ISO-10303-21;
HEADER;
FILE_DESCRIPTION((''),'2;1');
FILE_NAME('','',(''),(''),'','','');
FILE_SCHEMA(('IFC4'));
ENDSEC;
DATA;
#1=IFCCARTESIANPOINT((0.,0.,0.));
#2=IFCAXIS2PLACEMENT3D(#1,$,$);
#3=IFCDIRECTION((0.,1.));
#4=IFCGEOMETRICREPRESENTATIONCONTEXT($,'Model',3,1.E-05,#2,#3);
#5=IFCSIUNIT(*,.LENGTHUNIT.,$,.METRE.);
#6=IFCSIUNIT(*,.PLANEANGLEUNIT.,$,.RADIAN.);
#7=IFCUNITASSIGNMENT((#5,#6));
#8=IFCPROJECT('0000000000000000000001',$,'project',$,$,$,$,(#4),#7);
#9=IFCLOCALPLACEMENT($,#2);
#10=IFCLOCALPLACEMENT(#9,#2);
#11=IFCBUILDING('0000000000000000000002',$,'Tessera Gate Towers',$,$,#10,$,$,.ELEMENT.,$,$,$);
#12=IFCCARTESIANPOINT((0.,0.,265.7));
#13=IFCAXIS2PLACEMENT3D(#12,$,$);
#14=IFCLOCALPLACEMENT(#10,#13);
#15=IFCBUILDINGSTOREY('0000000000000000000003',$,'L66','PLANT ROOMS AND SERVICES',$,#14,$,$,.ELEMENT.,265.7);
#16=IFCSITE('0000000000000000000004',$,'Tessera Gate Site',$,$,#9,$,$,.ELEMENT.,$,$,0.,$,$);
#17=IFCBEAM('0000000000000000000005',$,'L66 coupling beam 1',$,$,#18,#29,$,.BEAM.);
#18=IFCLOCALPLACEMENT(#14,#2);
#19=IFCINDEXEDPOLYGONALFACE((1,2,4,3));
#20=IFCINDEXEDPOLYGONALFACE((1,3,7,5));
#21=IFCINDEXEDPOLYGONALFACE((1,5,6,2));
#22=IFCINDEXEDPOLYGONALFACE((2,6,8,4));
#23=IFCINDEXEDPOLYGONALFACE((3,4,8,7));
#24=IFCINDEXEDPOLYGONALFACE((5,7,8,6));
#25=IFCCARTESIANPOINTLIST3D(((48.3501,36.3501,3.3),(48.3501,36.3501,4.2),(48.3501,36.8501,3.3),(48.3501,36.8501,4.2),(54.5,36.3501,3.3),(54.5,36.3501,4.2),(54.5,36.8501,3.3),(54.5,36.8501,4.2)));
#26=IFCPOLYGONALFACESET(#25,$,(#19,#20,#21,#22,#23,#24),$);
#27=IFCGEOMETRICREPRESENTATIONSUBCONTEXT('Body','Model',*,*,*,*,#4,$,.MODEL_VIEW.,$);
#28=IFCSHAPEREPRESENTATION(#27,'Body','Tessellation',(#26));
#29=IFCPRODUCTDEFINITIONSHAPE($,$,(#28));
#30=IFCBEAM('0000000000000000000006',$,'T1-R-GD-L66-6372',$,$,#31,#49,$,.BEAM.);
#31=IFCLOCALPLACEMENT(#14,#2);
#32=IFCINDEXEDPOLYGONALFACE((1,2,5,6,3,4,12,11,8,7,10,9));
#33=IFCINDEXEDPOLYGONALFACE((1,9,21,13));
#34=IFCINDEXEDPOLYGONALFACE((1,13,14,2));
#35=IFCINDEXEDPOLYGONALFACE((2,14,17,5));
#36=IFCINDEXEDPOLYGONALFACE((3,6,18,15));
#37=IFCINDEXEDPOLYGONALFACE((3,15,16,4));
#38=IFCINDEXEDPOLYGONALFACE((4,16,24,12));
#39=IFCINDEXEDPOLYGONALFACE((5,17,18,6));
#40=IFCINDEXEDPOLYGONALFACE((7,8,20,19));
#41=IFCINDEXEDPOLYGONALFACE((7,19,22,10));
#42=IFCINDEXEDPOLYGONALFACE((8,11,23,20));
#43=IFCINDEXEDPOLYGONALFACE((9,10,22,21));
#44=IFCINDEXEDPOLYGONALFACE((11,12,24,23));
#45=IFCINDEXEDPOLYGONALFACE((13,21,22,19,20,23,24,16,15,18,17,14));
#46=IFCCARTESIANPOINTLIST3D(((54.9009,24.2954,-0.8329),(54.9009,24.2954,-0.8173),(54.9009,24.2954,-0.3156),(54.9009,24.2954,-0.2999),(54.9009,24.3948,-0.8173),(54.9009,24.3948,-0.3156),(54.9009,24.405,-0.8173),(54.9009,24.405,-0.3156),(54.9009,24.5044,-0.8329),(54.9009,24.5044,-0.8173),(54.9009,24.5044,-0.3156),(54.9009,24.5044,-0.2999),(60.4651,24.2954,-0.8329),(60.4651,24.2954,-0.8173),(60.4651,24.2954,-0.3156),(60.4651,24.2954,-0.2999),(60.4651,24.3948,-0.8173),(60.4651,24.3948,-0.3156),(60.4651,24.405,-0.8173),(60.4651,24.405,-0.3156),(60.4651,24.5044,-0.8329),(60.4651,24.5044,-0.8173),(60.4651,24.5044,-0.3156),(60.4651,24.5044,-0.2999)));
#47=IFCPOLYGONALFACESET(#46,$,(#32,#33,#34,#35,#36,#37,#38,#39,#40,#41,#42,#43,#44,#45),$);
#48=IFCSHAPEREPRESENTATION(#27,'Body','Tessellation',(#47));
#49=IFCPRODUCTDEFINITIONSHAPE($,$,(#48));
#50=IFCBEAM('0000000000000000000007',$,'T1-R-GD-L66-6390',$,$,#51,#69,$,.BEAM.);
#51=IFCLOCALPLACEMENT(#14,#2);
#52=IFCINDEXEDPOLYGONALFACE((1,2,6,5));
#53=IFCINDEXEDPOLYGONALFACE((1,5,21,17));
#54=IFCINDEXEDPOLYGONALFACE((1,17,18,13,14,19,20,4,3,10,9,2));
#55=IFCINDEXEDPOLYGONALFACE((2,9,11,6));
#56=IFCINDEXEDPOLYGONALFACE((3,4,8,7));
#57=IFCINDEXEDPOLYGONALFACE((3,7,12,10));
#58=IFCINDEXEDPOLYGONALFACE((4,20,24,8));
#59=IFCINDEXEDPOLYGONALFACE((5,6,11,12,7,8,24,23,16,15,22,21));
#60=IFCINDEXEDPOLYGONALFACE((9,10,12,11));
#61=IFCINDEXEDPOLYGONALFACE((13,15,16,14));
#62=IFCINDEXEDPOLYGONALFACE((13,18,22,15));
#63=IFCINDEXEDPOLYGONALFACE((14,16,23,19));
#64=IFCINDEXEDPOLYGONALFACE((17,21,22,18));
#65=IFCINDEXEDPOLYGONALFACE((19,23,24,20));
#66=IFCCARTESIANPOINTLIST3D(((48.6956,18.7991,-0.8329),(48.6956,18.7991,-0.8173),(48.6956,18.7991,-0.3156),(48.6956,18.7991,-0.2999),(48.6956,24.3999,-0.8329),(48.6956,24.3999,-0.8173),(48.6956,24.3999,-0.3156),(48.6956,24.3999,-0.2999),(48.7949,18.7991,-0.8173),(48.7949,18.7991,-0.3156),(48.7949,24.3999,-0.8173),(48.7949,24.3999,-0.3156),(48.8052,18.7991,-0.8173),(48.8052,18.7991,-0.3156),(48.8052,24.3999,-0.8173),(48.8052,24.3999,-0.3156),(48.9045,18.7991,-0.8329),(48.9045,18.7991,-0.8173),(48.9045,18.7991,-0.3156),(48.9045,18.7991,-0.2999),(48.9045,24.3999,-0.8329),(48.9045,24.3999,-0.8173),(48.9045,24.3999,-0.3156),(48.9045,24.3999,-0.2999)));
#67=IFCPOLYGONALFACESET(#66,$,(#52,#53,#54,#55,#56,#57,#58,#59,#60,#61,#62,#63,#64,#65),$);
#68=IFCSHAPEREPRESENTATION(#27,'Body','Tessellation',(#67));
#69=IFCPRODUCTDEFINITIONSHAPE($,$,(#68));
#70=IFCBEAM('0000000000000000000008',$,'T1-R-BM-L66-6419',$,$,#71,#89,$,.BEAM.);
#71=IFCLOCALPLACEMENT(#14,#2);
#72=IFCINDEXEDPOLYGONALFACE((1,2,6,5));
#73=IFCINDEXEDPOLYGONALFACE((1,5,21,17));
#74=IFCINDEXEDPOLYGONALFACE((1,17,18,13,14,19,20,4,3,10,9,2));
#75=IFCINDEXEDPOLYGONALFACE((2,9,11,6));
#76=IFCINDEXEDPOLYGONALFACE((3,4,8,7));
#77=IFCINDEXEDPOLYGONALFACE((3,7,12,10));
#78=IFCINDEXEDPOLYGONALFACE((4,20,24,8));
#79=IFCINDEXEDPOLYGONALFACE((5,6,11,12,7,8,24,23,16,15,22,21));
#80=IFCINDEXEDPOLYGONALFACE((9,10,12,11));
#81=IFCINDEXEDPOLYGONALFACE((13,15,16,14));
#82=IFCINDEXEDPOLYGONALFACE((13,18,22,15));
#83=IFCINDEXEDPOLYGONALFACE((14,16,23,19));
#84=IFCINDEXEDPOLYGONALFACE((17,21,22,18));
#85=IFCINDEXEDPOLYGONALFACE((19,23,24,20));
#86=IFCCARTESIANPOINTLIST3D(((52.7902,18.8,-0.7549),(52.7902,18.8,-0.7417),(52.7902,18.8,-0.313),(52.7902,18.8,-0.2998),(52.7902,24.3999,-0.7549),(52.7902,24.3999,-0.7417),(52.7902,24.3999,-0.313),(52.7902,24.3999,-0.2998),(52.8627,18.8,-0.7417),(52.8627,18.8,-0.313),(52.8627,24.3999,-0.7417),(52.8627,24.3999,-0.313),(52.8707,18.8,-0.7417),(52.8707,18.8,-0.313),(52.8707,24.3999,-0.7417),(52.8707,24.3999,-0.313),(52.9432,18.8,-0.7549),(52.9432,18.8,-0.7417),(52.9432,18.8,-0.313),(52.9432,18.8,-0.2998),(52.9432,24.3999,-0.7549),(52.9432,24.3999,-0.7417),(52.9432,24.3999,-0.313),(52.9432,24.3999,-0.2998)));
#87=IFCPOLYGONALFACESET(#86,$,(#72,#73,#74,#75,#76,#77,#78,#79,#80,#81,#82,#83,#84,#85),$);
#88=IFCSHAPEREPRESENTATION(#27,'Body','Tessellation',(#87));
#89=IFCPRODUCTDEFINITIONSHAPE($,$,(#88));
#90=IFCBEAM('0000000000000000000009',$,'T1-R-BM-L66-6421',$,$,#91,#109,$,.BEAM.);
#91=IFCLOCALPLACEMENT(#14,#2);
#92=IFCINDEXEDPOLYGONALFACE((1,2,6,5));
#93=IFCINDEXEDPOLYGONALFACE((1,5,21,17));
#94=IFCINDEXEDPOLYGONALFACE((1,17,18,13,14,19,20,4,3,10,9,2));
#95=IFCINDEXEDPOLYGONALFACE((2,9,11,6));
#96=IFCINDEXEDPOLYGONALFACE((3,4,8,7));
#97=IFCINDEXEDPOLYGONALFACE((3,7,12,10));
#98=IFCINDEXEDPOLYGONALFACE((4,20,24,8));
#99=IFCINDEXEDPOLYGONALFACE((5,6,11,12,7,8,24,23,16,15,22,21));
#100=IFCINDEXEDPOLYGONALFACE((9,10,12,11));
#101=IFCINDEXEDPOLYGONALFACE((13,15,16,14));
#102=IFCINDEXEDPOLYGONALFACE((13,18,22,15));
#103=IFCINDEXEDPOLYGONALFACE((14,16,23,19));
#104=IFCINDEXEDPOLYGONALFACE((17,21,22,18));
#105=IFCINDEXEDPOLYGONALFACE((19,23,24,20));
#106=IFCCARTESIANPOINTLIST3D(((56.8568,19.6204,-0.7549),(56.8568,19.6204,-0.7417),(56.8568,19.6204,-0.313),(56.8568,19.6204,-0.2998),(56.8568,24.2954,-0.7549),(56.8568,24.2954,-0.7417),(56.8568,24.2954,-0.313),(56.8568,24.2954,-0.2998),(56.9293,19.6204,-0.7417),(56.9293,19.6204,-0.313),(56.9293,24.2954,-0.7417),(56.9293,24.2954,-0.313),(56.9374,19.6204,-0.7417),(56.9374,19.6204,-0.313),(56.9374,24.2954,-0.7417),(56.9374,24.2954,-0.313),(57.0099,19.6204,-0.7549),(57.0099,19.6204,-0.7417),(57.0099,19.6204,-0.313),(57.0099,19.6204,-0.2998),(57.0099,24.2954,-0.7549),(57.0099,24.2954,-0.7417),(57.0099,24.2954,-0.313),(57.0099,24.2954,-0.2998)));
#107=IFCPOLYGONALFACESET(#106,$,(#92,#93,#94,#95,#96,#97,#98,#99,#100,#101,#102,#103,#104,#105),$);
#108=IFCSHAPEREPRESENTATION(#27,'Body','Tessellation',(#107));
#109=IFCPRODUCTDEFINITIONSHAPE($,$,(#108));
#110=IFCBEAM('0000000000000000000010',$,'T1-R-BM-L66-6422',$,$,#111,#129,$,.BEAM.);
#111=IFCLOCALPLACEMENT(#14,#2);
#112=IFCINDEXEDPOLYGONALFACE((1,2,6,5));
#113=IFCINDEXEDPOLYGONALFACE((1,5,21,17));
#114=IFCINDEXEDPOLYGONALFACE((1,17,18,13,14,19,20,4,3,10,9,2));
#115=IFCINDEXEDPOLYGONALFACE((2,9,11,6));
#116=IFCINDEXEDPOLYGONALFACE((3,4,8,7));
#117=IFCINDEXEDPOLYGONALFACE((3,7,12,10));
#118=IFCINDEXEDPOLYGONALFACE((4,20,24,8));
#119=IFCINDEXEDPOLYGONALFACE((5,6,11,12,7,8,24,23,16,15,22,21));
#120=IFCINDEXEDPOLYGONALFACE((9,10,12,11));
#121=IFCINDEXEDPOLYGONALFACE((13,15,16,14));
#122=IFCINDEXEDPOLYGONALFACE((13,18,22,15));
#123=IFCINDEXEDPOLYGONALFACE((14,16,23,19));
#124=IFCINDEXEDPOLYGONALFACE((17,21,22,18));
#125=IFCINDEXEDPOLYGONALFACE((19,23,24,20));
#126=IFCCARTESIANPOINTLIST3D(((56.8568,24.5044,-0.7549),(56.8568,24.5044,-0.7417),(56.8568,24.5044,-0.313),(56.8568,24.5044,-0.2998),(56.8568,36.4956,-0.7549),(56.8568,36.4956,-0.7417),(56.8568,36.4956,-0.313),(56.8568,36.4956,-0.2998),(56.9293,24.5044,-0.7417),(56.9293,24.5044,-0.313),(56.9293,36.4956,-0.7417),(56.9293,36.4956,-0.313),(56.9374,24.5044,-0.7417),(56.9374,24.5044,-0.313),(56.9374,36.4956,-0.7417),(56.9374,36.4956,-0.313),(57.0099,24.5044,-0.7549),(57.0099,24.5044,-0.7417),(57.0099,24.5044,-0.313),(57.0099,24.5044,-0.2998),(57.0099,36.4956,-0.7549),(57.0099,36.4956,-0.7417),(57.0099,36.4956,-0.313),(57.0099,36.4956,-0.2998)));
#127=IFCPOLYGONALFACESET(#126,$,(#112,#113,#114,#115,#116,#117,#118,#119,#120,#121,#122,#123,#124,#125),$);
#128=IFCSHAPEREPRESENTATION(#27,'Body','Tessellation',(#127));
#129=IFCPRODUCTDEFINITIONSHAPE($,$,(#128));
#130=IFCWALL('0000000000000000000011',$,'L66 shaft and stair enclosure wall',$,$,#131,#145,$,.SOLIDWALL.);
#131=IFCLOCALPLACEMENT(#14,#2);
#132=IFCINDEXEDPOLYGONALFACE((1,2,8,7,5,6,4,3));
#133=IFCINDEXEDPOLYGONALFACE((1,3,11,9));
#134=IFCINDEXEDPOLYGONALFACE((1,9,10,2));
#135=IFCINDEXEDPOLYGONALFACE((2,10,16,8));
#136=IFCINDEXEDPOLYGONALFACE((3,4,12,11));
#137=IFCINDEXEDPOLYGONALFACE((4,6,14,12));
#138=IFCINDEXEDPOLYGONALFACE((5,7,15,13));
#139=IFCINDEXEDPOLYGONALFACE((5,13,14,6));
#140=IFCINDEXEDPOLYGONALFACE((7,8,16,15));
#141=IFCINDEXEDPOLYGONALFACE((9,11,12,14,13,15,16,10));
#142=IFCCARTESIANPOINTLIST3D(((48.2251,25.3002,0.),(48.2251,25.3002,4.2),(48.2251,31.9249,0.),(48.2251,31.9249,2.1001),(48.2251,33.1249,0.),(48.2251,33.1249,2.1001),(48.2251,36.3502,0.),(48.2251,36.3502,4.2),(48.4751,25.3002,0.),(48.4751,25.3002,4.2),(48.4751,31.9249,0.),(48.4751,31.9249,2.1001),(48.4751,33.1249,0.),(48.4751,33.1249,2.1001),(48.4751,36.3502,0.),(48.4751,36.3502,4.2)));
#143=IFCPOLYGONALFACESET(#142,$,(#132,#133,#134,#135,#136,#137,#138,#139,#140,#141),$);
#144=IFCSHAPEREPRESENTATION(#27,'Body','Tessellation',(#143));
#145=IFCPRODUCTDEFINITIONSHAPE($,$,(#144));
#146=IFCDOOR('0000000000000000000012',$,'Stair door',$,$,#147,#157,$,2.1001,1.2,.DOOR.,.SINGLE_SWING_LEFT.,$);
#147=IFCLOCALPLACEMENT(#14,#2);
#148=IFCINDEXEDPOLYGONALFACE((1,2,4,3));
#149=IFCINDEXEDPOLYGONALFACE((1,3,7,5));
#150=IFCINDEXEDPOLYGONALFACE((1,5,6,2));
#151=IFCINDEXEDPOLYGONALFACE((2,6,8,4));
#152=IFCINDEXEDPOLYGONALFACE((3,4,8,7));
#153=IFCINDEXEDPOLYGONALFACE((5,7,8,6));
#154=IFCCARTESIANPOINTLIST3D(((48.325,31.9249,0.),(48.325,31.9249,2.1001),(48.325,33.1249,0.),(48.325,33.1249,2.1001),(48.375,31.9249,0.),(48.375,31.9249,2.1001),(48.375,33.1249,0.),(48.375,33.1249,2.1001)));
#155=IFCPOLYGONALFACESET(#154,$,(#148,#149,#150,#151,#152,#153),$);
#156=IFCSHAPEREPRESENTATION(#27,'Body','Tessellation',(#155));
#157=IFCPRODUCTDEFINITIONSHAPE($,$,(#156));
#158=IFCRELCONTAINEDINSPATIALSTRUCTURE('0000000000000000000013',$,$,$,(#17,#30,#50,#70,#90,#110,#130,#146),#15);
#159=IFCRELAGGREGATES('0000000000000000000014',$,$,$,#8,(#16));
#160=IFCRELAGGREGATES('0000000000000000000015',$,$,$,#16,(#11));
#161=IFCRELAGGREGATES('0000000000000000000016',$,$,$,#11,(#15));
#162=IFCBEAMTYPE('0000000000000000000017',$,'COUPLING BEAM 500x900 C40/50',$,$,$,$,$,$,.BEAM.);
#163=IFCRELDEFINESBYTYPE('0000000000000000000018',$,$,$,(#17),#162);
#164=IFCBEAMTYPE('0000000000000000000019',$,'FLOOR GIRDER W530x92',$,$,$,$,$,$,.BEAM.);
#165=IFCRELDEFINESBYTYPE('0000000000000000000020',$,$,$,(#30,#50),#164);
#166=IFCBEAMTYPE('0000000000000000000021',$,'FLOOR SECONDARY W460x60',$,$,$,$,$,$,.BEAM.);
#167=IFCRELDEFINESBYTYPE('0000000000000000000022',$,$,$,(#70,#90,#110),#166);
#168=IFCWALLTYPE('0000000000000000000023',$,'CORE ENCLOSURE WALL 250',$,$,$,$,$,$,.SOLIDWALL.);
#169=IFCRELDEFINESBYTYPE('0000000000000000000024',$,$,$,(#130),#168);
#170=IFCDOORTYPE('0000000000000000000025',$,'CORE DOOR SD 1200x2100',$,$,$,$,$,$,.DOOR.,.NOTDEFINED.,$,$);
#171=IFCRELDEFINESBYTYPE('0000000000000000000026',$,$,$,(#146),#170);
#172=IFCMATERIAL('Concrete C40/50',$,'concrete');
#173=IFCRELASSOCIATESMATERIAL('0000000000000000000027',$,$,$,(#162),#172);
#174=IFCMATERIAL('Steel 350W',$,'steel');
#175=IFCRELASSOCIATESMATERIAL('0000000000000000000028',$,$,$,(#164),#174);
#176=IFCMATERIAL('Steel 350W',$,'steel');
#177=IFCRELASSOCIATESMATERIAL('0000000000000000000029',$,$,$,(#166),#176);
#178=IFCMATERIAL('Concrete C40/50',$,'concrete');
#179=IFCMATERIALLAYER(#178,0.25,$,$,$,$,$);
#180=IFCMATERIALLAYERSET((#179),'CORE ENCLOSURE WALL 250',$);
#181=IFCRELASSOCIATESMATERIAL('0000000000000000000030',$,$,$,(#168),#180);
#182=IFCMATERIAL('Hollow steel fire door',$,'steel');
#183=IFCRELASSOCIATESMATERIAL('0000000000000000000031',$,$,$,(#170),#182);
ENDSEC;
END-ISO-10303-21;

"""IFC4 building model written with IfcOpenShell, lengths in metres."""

from ifc_helpers import new_model, si_unit, direction, frame, frame_2d, origin, origin_2d, place, context, subcontext, project, spatial, rectangle, i_section, extrude, source, transform, mapped, material, layer, layer_set, material_profile, profile_set, type_object, element, fill, save


model = new_model("IFC4")

# Units and contexts
model_context = context("Model", 3, precision=1e-05, world=origin(), true_north=direction((0.0, 1.0)))
body_context = subcontext(model_context, "Body", "Model", "MODEL_VIEW")
ifc_project = project(units=[si_unit("LENGTHUNIT", "METRE"), si_unit("PLANEANGLEUNIT", "RADIAN")], contexts=[model_context])

# Site, building, storey
site_placement = place(None, origin())
site = spatial("IfcSite", under=ifc_project, at=site_placement, Name="Tessera Gate Site", CompositionType="ELEMENT", RefElevation=0.0)
building_placement = place(site_placement, origin())
building = spatial("IfcBuilding", under=site, at=building_placement, Name="Tessera Gate Towers", CompositionType="ELEMENT")
storey_placement = place(building_placement, frame((0.0, 0.0, 265.7)))
storey = spatial("IfcBuildingStorey", under=building, at=storey_placement, Name="L66", Description="PLANT ROOMS AND SERVICES", CompositionType="ELEMENT", Elevation=265.7)

# Beams
ifc_material_1 = material(Name="Concrete C40/50", Category="concrete")
ifc_material_profile_1 = material_profile(ifc_material_1, rectangle(XDim=0.5, YDim=0.8999, at=origin_2d()), Name="RC 500x900")
ifc_profile_set_1 = profile_set([ifc_material_profile_1], Name="Concrete C40/50")
beam_type_1 = type_object("IfcBeamType", Name="COUPLING BEAM 500x900 C40/50", PredefinedType="BEAM", material=ifc_profile_set_1)
beam_1_placement = place(storey_placement, frame((48.3501, 36.6001, 3.75), z_axis=(1.0, 0.0, 0.0), x_axis=(0.0, 1.0, 0.0)))
element("IfcBeam", 1, at=beam_1_placement, inside=storey, type_object=beam_type_1, Name="L66 coupling beam 1", PredefinedType="BEAM", context=body_context, shape_type="SweptSolid", body=[
    extrude(rectangle(XDim=0.5, YDim=0.8999, at=origin_2d()), origin(), (0.0, 0.0, 1.0), 6.1499),
])
ifc_material_2 = material(Name="Steel 350W", Category="steel")
ifc_material_profile_2 = material_profile(ifc_material_2, i_section(OverallWidth=0.209, OverallDepth=0.533, WebThickness=0.0103, FlangeThickness=0.0156, at=origin_2d()), Name="W530x92")
ifc_profile_set_2 = profile_set([ifc_material_profile_2], Name="Steel 350W")
beam_type_2 = type_object("IfcBeamType", Name="FLOOR GIRDER W530x92", PredefinedType="BEAM", material=ifc_profile_set_2)
beam_2_placement = place(storey_placement, frame((54.9009, 24.3999, -0.5664), z_axis=(1.0, 0.0, 0.0), x_axis=(0.0, 1.0, 0.0)))
element("IfcBeam", 2, at=beam_2_placement, inside=storey, type_object=beam_type_2, Name="T1-R-GD-L66-6372", PredefinedType="BEAM", context=body_context, shape_type="SweptSolid", body=[
    extrude(i_section(OverallWidth=0.209, OverallDepth=0.533, WebThickness=0.0103, FlangeThickness=0.0156, at=origin_2d()), origin(), (0.0, 0.0, 1.0), 5.5642),
])
beam_3_placement = place(storey_placement, frame((48.8, 18.7991, -0.5664), z_axis=(0.0, 1.0, 0.0), x_axis=(-1.0, 0.0, 0.0)))
element("IfcBeam", 3, at=beam_3_placement, inside=storey, type_object=beam_type_2, Name="T1-R-GD-L66-6390", PredefinedType="BEAM", context=body_context, shape_type="SweptSolid", body=[
    extrude(i_section(OverallWidth=0.209, OverallDepth=0.533, WebThickness=0.0103, FlangeThickness=0.0156, at=origin_2d()), origin(), (0.0, 0.0, 1.0), 5.6008),
])
ifc_material_3 = material(Name="Steel 350W", Category="steel")
ifc_material_profile_3 = material_profile(ifc_material_3, i_section(OverallWidth=0.1531, OverallDepth=0.4551, WebThickness=0.0081, FlangeThickness=0.0132, at=origin_2d()), Name="W460x60")
ifc_profile_set_3 = profile_set([ifc_material_profile_3], Name="Steel 350W")
beam_type_3 = type_object("IfcBeamType", Name="FLOOR SECONDARY W460x60", PredefinedType="BEAM", material=ifc_profile_set_3)
beam_4_placement = place(storey_placement, frame((52.8667, 18.8, -0.5273), z_axis=(0.0, 1.0, 0.0), x_axis=(-1.0, 0.0, 0.0)))
element("IfcBeam", 4, at=beam_4_placement, inside=storey, type_object=beam_type_3, Name="T1-R-BM-L66-6419", PredefinedType="BEAM", context=body_context, shape_type="SweptSolid", body=[
    extrude(i_section(OverallWidth=0.1531, OverallDepth=0.4551, WebThickness=0.0081, FlangeThickness=0.0132, at=origin_2d()), origin(), (0.0, 0.0, 1.0), 5.5999),
])
beam_5_placement = place(storey_placement, frame((56.9333, 19.6204, -0.5273), z_axis=(0.0, 1.0, 0.0), x_axis=(-1.0, 0.0, 0.0)))
element("IfcBeam", 5, at=beam_5_placement, inside=storey, type_object=beam_type_3, Name="T1-R-BM-L66-6421", PredefinedType="BEAM", context=body_context, shape_type="SweptSolid", body=[
    extrude(i_section(OverallWidth=0.1531, OverallDepth=0.4551, WebThickness=0.0081, FlangeThickness=0.0132, at=origin_2d()), origin(), (0.0, 0.0, 1.0), 4.675),
])
beam_6_placement = place(storey_placement, frame((56.9333, 24.5044, -0.5273), z_axis=(0.0, 1.0, 0.0), x_axis=(-1.0, 0.0, 0.0)))
element("IfcBeam", 6, at=beam_6_placement, inside=storey, type_object=beam_type_3, Name="T1-R-BM-L66-6422", PredefinedType="BEAM", context=body_context, shape_type="SweptSolid", body=[
    extrude(i_section(OverallWidth=0.1531, OverallDepth=0.4551, WebThickness=0.0081, FlangeThickness=0.0132, at=origin_2d()), origin(), (0.0, 0.0, 1.0), 11.9912),
])

# Wall, opening, door
ifc_material_4 = material(Name="Concrete C40/50", Category="concrete")
ifc_layer_1 = layer(ifc_material_4, 0.25)
ifc_layer_set_1 = layer_set([ifc_layer_1], Name="CORE ENCLOSURE WALL 250")
wall_type_1 = type_object("IfcWallType", Name="CORE ENCLOSURE WALL 250", PredefinedType="SOLIDWALL", material=ifc_layer_set_1)
wall_1_placement = place(storey_placement, frame((48.3501, 36.3501, 0.0), z_axis=(0.0, 0.0, 1.0), x_axis=(0.0, -1.0, 0.0)))
wall_1 = element("IfcWall", 7, at=wall_1_placement, inside=storey, type_object=wall_type_1, Name="L66 shaft and stair enclosure wall", PredefinedType="SOLIDWALL", context=body_context, shape_type="SweptSolid", body=[
    extrude(rectangle(XDim=11.05, YDim=0.25, at=frame_2d((5.5249, 0.0))), origin(), (0.0, 0.0, 1.0), 4.2),
])
shared_shape_1 = source(origin(), body_context, "Body", "SweptSolid", [
    extrude(rectangle(XDim=1.2, YDim=2.1001, at=frame_2d((0.6001, 1.05))), frame((0.0, 0.135, 0.0), z_axis=(0.0, -1.0, 0.0), x_axis=(1.0, 0.0, 0.0)), (0.0, 0.0, 1.0), 0.27),
])
opening_1_placement = place(wall_1_placement, frame((3.2251, 0.0, 0.0)))
opening_1 = element("IfcOpeningElement", 8, at=opening_1_placement, cuts=wall_1, PredefinedType="OPENING", context=body_context, shape_type="MappedRepresentation", body=[
    mapped(shared_shape_1, transform((0.0, 0.0, 0.0), scale=1.0)),
])
ifc_material_5 = material(Name="Hollow steel fire door", Category="steel")
door_type_1 = type_object("IfcDoorType", Name="CORE DOOR SD 1200x2100", OperationType="NOTDEFINED", PredefinedType="DOOR", material=ifc_material_5)
shared_shape_2 = source(origin(), body_context, "Body", "SweptSolid", [
    extrude(rectangle(XDim=1.2, YDim=2.1001, at=frame_2d((0.6001, 1.05))), frame((0.0, 0.0249, 0.0), z_axis=(0.0, -1.0, 0.0), x_axis=(1.0, 0.0, 0.0)), (0.0, 0.0, 1.0), 0.05),
])
door_1_placement = place(opening_1_placement, origin())
door_1 = element("IfcDoor", 9, at=door_1_placement, inside=storey, type_object=door_type_1, Name="Stair door", OperationType="SINGLE_SWING_LEFT", OverallHeight=2.1001, OverallWidth=1.2, PredefinedType="DOOR", context=body_context, shape_type="MappedRepresentation", body=[
    mapped(shared_shape_2, transform((0.0, 0.0, 0.0), scale=1.0)),
])
fill(opening_1, door_1)

save(model, "model.ifc")
